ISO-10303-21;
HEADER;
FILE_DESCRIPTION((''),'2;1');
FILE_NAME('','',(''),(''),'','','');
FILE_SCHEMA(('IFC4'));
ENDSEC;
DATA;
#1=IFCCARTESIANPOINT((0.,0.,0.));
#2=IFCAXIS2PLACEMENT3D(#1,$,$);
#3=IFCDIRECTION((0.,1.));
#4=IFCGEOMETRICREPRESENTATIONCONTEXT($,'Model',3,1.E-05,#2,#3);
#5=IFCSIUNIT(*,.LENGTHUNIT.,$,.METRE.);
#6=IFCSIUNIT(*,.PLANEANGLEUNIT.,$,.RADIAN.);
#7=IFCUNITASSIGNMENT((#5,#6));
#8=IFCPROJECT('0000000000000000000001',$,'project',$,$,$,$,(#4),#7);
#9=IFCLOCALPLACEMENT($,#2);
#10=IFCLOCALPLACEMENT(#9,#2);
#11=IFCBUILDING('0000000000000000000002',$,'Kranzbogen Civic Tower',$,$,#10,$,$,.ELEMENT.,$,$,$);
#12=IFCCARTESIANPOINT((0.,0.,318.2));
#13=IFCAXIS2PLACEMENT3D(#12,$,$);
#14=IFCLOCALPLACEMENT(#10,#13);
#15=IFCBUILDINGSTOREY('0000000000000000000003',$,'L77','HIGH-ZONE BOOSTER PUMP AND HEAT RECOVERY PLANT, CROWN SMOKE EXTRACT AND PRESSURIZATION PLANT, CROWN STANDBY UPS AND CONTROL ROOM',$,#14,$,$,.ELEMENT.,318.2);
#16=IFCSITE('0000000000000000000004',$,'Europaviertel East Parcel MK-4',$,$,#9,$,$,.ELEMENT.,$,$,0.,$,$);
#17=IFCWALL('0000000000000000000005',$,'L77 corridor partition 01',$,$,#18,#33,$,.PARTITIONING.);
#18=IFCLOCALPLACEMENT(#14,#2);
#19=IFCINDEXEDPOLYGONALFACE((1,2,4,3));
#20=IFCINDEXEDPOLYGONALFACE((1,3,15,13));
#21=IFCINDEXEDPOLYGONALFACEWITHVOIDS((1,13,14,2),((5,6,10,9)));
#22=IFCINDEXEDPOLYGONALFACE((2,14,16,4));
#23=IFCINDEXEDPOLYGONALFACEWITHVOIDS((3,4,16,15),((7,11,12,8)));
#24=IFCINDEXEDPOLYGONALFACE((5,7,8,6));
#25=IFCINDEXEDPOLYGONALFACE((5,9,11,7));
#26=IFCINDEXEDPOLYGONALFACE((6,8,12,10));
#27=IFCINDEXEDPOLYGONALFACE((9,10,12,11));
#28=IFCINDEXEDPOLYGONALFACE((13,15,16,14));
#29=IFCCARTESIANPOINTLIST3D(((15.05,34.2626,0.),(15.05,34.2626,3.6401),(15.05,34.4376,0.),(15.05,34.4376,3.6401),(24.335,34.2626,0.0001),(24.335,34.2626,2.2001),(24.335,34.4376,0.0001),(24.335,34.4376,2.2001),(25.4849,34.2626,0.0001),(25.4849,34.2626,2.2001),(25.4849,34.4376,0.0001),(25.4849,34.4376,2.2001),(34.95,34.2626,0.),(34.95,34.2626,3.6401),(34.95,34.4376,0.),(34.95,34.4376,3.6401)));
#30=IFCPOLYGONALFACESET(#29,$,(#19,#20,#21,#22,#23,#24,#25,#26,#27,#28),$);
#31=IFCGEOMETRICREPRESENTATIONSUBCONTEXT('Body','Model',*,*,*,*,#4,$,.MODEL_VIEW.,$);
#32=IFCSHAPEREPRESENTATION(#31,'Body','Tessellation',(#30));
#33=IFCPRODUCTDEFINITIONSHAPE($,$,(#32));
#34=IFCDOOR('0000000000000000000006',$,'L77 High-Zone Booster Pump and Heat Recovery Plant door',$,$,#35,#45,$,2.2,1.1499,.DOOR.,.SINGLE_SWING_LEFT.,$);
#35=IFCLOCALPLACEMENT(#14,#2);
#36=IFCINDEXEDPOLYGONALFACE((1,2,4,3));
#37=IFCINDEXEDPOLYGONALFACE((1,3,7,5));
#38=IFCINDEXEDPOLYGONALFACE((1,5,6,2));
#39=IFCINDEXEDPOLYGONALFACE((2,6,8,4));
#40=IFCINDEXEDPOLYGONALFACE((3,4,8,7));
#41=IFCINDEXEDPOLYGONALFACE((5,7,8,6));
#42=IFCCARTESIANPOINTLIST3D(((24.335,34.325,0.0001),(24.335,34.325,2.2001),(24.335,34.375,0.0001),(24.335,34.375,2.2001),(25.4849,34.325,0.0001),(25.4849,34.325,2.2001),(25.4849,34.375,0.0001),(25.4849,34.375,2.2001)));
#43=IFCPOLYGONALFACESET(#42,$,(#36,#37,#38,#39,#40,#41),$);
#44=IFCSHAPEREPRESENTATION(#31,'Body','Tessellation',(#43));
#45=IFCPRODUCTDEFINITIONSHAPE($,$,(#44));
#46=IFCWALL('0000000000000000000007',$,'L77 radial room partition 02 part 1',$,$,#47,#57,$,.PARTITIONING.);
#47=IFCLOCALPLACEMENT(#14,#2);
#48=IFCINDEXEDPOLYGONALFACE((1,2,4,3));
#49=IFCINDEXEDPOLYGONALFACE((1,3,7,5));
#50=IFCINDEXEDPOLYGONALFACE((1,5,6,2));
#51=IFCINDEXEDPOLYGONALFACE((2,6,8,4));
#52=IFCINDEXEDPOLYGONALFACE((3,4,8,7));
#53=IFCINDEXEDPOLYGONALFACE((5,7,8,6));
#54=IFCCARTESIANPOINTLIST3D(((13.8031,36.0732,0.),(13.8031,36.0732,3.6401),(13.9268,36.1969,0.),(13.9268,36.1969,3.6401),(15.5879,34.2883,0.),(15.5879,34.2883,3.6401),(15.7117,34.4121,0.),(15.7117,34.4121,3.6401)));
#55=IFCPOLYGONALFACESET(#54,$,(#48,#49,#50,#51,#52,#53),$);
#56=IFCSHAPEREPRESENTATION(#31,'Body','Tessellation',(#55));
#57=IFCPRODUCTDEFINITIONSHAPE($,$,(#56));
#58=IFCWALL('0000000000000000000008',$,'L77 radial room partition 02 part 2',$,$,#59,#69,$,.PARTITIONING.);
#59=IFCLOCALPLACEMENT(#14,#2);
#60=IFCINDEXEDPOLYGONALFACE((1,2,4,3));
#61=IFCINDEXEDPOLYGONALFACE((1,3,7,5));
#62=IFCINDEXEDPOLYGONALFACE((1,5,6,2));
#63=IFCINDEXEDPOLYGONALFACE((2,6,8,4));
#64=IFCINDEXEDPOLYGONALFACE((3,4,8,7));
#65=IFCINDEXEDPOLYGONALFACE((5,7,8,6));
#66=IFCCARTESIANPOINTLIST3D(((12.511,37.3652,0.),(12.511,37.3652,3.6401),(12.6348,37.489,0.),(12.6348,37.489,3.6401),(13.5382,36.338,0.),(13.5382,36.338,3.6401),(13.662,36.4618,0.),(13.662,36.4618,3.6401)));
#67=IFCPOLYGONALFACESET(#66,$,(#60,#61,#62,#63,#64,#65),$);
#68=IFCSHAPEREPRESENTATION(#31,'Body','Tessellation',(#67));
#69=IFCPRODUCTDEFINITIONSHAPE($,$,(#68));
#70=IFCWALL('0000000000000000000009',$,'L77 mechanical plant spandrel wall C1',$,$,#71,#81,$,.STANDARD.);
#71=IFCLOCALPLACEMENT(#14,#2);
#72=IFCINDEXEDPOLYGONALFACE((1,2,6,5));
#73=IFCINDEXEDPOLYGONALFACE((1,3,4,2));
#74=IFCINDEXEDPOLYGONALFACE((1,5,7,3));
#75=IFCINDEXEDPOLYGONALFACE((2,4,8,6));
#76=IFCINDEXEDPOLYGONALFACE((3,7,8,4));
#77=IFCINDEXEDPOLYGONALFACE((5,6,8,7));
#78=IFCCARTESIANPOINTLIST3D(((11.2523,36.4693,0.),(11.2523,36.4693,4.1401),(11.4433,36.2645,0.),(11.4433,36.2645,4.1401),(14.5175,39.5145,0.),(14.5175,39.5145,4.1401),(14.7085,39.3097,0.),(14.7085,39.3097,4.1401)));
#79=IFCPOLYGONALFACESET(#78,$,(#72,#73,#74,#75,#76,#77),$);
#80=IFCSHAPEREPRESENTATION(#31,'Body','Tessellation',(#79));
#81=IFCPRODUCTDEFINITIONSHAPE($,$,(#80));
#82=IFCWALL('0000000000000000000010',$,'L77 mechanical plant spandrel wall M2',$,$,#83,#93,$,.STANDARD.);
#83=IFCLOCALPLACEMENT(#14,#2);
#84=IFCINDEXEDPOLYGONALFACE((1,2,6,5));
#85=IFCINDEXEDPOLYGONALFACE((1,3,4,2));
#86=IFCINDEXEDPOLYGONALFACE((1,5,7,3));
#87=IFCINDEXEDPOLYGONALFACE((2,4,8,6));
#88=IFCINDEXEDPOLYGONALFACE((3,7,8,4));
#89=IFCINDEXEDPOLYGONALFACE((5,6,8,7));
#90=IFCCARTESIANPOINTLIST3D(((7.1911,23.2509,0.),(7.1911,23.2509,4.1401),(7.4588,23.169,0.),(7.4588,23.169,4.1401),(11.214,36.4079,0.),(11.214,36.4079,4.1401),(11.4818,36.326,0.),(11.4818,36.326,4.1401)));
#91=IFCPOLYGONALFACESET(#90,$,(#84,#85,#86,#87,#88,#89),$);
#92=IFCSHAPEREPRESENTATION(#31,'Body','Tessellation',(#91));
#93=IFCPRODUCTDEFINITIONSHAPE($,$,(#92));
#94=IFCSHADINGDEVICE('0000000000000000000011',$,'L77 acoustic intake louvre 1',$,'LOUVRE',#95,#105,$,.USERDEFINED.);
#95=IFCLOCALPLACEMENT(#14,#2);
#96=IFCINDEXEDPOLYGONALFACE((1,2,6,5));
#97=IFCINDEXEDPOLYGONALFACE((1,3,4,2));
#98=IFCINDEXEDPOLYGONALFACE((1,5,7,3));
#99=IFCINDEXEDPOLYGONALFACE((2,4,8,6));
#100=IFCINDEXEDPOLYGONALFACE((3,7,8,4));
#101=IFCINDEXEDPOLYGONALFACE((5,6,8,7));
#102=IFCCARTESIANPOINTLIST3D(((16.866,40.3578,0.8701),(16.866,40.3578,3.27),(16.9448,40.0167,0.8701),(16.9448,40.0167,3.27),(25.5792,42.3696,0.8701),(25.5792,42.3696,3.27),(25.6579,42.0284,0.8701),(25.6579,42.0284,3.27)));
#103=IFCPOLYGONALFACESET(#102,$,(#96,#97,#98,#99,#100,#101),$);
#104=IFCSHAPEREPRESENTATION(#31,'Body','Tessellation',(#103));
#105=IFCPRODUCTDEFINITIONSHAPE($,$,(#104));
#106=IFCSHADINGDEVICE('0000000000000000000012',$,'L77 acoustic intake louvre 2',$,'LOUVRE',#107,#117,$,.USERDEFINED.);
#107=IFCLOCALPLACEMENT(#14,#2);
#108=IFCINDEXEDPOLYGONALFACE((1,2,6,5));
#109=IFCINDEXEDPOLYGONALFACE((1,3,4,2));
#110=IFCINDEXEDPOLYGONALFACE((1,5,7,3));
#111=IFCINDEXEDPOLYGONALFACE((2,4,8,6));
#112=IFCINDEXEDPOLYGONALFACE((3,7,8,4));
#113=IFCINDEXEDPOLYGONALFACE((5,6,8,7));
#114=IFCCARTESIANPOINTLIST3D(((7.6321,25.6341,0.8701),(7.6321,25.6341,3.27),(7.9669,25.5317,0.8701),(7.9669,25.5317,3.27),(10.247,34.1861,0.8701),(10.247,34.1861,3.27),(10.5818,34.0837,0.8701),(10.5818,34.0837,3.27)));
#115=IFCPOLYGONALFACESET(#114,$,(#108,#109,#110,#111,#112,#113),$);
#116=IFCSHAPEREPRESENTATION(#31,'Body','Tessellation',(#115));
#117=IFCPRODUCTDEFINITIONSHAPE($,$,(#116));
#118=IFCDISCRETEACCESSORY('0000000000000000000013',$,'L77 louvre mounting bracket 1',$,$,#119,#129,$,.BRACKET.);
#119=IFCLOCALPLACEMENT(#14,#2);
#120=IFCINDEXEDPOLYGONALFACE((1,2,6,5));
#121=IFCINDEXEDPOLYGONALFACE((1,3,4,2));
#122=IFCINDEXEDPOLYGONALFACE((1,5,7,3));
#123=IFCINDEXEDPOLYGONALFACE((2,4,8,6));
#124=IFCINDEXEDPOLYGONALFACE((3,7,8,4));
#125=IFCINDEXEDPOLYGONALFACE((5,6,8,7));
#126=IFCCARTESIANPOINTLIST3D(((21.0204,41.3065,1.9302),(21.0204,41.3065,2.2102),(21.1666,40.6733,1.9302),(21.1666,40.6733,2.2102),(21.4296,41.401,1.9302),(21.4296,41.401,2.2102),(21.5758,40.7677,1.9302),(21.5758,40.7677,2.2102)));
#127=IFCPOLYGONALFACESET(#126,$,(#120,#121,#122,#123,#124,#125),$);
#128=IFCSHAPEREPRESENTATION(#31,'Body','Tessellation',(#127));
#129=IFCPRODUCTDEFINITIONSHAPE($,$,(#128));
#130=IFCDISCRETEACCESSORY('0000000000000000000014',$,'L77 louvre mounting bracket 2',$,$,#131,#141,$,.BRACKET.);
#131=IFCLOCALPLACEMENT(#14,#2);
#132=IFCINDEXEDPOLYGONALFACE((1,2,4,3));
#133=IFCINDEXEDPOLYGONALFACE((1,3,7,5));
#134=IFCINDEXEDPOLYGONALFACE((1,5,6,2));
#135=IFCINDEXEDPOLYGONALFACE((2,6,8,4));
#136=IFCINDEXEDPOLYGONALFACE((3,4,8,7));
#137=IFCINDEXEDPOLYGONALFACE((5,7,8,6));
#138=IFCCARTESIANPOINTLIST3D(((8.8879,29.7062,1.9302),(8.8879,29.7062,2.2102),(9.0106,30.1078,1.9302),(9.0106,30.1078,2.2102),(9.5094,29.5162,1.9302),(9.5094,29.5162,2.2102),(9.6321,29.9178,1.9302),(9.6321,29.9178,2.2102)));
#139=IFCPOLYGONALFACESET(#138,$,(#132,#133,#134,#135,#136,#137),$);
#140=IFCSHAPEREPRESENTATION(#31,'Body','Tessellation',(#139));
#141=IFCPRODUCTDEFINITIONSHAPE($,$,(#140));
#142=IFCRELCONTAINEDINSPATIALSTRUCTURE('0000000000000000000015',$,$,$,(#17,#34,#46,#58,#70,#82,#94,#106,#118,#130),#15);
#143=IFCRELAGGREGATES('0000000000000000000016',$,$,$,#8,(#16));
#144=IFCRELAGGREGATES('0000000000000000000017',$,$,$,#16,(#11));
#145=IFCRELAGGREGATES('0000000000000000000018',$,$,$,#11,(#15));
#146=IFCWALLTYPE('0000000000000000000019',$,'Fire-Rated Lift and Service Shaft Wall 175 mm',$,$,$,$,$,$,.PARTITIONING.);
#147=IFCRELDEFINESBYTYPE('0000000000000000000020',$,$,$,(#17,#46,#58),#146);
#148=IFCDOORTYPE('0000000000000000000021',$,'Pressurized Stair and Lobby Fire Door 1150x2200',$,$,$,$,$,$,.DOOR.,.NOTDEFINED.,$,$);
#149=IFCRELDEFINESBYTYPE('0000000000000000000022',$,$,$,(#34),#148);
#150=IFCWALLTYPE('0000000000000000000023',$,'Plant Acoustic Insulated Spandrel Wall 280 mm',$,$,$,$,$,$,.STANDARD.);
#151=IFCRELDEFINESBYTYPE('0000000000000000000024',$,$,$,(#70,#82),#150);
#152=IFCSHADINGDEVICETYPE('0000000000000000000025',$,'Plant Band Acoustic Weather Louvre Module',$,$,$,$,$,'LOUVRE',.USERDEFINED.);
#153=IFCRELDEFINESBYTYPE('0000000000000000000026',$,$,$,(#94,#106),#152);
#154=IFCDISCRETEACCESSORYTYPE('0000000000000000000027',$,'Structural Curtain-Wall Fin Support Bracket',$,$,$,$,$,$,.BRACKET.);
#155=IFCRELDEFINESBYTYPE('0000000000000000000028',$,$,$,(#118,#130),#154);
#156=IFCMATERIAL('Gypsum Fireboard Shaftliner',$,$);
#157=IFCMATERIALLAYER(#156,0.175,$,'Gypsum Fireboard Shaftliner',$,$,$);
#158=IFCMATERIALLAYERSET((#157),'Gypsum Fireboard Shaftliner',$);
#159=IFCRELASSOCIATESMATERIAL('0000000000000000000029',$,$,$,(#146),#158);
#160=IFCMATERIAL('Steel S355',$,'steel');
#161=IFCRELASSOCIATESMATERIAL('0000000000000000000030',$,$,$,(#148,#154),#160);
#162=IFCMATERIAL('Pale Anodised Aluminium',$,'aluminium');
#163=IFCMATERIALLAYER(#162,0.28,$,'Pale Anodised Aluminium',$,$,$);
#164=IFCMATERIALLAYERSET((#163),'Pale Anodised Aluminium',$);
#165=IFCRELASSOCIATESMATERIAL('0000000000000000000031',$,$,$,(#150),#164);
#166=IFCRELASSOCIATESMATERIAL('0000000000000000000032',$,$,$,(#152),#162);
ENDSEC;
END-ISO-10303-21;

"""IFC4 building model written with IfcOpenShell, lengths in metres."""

from ifc_helpers import new_model, si_unit, direction, frame, frame_2d, origin, origin_2d, place, context, subcontext, project, spatial, rectangle, extrude, material, layer, layer_set, type_object, element, fill, save


model = new_model("IFC4")

# Units and contexts
model_context = context("Model", 3, precision=1e-05, world=origin(), true_north=direction((0.0, 1.0)))
body_context = subcontext(model_context, "Body", "Model", "MODEL_VIEW")
ifc_project = project(units=[si_unit("LENGTHUNIT", "METRE"), si_unit("PLANEANGLEUNIT", "RADIAN")], contexts=[model_context])

# Site, building, storey
site_placement = place(None, origin())
site = spatial("IfcSite", under=ifc_project, at=site_placement, Name="Europaviertel East Parcel MK-4", CompositionType="ELEMENT", RefElevation=0.0)
building_placement = place(site_placement, origin())
building = spatial("IfcBuilding", under=site, at=building_placement, Name="Kranzbogen Civic Tower", CompositionType="ELEMENT")
storey_placement = place(building_placement, frame((0.0, 0.0, 318.2)))
storey = spatial("IfcBuildingStorey", under=building, at=storey_placement, Name="L77", Description="HIGH-ZONE BOOSTER PUMP AND HEAT RECOVERY PLANT, CROWN SMOKE EXTRACT AND PRESSURIZATION PLANT, CROWN STANDBY UPS AND CONTROL ROOM", CompositionType="ELEMENT", Elevation=318.2)

# Shared definitions
ifc_material_1 = material(Name="Steel S355", Category="steel")

# Wall, opening, door
ifc_material_2 = material(Name="Gypsum Fireboard Shaftliner")
ifc_layer_1 = layer(ifc_material_2, 0.175, Name="Gypsum Fireboard Shaftliner")
ifc_layer_set_1 = layer_set([ifc_layer_1], Name="Gypsum Fireboard Shaftliner")
wall_type_1 = type_object("IfcWallType", Name="Fire-Rated Lift and Service Shaft Wall 175 mm", PredefinedType="PARTITIONING", material=ifc_layer_set_1)
wall_1_placement = place(storey_placement, frame((15.05, 34.3501, 0.0), z_axis=(0.0, 0.0, 1.0), x_axis=(1.0, 0.0, 0.0)))
wall_1 = element("IfcWall", 1, at=wall_1_placement, inside=storey, type_object=wall_type_1, Name="L77 corridor partition 01", PredefinedType="PARTITIONING", context=body_context, shape_type="SweptSolid", body=[
    extrude(rectangle(XDim=19.8999, YDim=0.175, at=frame_2d((9.95, 0.0))), origin(), (0.0, 0.0, 1.0), 3.6401),
])
opening_1_placement = place(wall_1_placement, frame((9.2849, 0.0, 0.0)))
opening_1 = element("IfcOpeningElement", 2, at=opening_1_placement, cuts=wall_1, PredefinedType="OPENING", context=body_context, shape_type="SweptSolid", body=[
    extrude(rectangle(XDim=1.1499, YDim=2.2, at=frame_2d((0.575, 1.1001))), frame((0.0, 0.0977, 0.0), z_axis=(0.0, -1.0, 0.0), x_axis=(1.0, 0.0, 0.0)), (0.0, 0.0, 1.0), 0.1951),
])
door_type_1 = type_object("IfcDoorType", Name="Pressurized Stair and Lobby Fire Door 1150x2200", OperationType="NOTDEFINED", PredefinedType="DOOR", material=ifc_material_1)
door_1_placement = place(opening_1_placement, origin())
door_1 = element("IfcDoor", 3, at=door_1_placement, inside=storey, type_object=door_type_1, Name="L77 High-Zone Booster Pump and Heat Recovery Plant door", OperationType="SINGLE_SWING_LEFT", OverallHeight=2.2, OverallWidth=1.1499, PredefinedType="DOOR", context=body_context, shape_type="SweptSolid", body=[
    extrude(rectangle(XDim=1.1499, YDim=2.2, at=frame_2d((0.575, 1.1001))), frame((0.0, 0.0249, 0.0), z_axis=(0.0, -1.0, 0.0), x_axis=(1.0, 0.0, 0.0)), (0.0, 0.0, 1.0), 0.05),
])
fill(opening_1, door_1)

# Walls
wall_2_placement = place(storey_placement, frame((15.6499, 34.3501, 0.0), z_axis=(0.0, 0.0, 1.0), x_axis=(-0.707107, 0.707107, 0.0)))
element("IfcWall", 4, at=wall_2_placement, inside=storey, type_object=wall_type_1, Name="L77 radial room partition 02 part 1", PredefinedType="PARTITIONING", context=body_context, shape_type="SweptSolid", body=[
    extrude(rectangle(XDim=2.5242, YDim=0.175, at=frame_2d((1.2622, 0.0))), origin(), (0.0, 0.0, 1.0), 3.6401),
])
wall_3_placement = place(storey_placement, frame((13.6001, 36.3999, 0.0), z_axis=(0.0, 0.0, 1.0), x_axis=(-0.707107, 0.707107, 0.0)))
element("IfcWall", 5, at=wall_3_placement, inside=storey, type_object=wall_type_1, Name="L77 radial room partition 02 part 2", PredefinedType="PARTITIONING", context=body_context, shape_type="SweptSolid", body=[
    extrude(rectangle(XDim=1.4526, YDim=0.175, at=frame_2d((0.7263, 0.0))), origin(), (0.0, 0.0, 1.0), 3.6401),
])
ifc_material_3 = material(Name="Pale Anodised Aluminium", Category="aluminium")
ifc_layer_2 = layer(ifc_material_3, 0.28, Name="Pale Anodised Aluminium")
ifc_layer_set_2 = layer_set([ifc_layer_2], Name="Pale Anodised Aluminium")
wall_type_2 = type_object("IfcWallType", Name="Plant Acoustic Insulated Spandrel Wall 280 mm", PredefinedType="STANDARD", material=ifc_layer_set_2)
wall_4_placement = place(storey_placement, frame((14.613, 39.4121, 0.0), z_axis=(0.0, 0.0, 1.0), x_axis=(-0.731312, -0.682043, 0.0)))
element("IfcWall", 6, at=wall_4_placement, inside=storey, type_object=wall_type_2, Name="L77 mechanical plant spandrel wall C1", PredefinedType="STANDARD", context=body_context, shape_type="SweptSolid", body=[
    extrude(rectangle(XDim=4.4648, YDim=0.28, at=frame_2d((2.2324, 0.0))), origin(), (0.0, 0.0, 1.0), 4.1401),
])
wall_5_placement = place(storey_placement, frame((11.3479, 36.3669, 0.0), z_axis=(0.0, 0.0, 1.0), x_axis=(-0.292402, -0.956295, 0.0)))
element("IfcWall", 7, at=wall_5_placement, inside=storey, type_object=wall_type_2, Name="L77 mechanical plant spandrel wall M2", PredefinedType="STANDARD", context=body_context, shape_type="SweptSolid", body=[
    extrude(rectangle(XDim=13.7583, YDim=0.28, at=frame_2d((6.8792, 0.0))), origin(), (0.0, 0.0, 1.0), 4.1401),
])

# Shading devices
shading_device_type = type_object("IfcShadingDeviceType", Name="Plant Band Acoustic Weather Louvre Module", ElementType="LOUVRE", PredefinedType="USERDEFINED", material=ifc_material_3)
shading_device_1_placement = place(storey_placement, frame((21.262, 41.1931, 0.8701), z_axis=(0.0, 0.0, 1.0), x_axis=(-0.974366, -0.224968, 0.0)))
element("IfcShadingDevice", 8, at=shading_device_1_placement, inside=storey, type_object=shading_device_type, Name="L77 acoustic intake louvre 1", ObjectType="LOUVRE", PredefinedType="USERDEFINED", context=body_context, shape_type="SweptSolid", body=[
    extrude(rectangle(XDim=8.9424, YDim=0.3501, at=origin_2d()), origin(), (0.0, 0.0, 1.0), 2.3999),
])
shading_device_2_placement = place(storey_placement, frame((9.1069, 29.8589, 0.8701), z_axis=(0.0, 0.0, 1.0), x_axis=(-0.292405, -0.956295, 0.0)))
element("IfcShadingDevice", 9, at=shading_device_2_placement, inside=storey, type_object=shading_device_type, Name="L77 acoustic intake louvre 2", ObjectType="LOUVRE", PredefinedType="USERDEFINED", context=body_context, shape_type="SweptSolid", body=[
    extrude(rectangle(XDim=8.9429, YDim=0.3501, at=origin_2d()), origin(), (0.0, 0.0, 1.0), 2.3999),
])

# Discrete accessories
discrete_accessory_type = type_object("IfcDiscreteAccessoryType", Name="Structural Curtain-Wall Fin Support Bracket", PredefinedType="BRACKET", material=ifc_material_1)
for number, where, z_axis, x_axis, name in (
    (10, (21.2981, 41.0371, 1.9302), (0.0, 0.0, 1.0), (-0.224951, 0.97437, 0.0), "L77 louvre mounting bracket 1"),
    (11, (9.26, 29.812, 1.9302), (0.0, 0.0, 1.0), (-0.956305, 0.292372, 0.0), "L77 louvre mounting bracket 2"),
):
    element("IfcDiscreteAccessory", number, at=place(storey_placement, frame(where, z_axis=z_axis, x_axis=x_axis)), inside=storey, type_object=discrete_accessory_type, Name=name, PredefinedType="BRACKET", context=body_context, shape_type="SweptSolid", body=[
        extrude(rectangle(XDim=0.6499, YDim=0.4199, at=origin_2d()), origin(), (0.0, 0.0, 1.0), 0.28),
    ])

save(model, "model.ifc")
